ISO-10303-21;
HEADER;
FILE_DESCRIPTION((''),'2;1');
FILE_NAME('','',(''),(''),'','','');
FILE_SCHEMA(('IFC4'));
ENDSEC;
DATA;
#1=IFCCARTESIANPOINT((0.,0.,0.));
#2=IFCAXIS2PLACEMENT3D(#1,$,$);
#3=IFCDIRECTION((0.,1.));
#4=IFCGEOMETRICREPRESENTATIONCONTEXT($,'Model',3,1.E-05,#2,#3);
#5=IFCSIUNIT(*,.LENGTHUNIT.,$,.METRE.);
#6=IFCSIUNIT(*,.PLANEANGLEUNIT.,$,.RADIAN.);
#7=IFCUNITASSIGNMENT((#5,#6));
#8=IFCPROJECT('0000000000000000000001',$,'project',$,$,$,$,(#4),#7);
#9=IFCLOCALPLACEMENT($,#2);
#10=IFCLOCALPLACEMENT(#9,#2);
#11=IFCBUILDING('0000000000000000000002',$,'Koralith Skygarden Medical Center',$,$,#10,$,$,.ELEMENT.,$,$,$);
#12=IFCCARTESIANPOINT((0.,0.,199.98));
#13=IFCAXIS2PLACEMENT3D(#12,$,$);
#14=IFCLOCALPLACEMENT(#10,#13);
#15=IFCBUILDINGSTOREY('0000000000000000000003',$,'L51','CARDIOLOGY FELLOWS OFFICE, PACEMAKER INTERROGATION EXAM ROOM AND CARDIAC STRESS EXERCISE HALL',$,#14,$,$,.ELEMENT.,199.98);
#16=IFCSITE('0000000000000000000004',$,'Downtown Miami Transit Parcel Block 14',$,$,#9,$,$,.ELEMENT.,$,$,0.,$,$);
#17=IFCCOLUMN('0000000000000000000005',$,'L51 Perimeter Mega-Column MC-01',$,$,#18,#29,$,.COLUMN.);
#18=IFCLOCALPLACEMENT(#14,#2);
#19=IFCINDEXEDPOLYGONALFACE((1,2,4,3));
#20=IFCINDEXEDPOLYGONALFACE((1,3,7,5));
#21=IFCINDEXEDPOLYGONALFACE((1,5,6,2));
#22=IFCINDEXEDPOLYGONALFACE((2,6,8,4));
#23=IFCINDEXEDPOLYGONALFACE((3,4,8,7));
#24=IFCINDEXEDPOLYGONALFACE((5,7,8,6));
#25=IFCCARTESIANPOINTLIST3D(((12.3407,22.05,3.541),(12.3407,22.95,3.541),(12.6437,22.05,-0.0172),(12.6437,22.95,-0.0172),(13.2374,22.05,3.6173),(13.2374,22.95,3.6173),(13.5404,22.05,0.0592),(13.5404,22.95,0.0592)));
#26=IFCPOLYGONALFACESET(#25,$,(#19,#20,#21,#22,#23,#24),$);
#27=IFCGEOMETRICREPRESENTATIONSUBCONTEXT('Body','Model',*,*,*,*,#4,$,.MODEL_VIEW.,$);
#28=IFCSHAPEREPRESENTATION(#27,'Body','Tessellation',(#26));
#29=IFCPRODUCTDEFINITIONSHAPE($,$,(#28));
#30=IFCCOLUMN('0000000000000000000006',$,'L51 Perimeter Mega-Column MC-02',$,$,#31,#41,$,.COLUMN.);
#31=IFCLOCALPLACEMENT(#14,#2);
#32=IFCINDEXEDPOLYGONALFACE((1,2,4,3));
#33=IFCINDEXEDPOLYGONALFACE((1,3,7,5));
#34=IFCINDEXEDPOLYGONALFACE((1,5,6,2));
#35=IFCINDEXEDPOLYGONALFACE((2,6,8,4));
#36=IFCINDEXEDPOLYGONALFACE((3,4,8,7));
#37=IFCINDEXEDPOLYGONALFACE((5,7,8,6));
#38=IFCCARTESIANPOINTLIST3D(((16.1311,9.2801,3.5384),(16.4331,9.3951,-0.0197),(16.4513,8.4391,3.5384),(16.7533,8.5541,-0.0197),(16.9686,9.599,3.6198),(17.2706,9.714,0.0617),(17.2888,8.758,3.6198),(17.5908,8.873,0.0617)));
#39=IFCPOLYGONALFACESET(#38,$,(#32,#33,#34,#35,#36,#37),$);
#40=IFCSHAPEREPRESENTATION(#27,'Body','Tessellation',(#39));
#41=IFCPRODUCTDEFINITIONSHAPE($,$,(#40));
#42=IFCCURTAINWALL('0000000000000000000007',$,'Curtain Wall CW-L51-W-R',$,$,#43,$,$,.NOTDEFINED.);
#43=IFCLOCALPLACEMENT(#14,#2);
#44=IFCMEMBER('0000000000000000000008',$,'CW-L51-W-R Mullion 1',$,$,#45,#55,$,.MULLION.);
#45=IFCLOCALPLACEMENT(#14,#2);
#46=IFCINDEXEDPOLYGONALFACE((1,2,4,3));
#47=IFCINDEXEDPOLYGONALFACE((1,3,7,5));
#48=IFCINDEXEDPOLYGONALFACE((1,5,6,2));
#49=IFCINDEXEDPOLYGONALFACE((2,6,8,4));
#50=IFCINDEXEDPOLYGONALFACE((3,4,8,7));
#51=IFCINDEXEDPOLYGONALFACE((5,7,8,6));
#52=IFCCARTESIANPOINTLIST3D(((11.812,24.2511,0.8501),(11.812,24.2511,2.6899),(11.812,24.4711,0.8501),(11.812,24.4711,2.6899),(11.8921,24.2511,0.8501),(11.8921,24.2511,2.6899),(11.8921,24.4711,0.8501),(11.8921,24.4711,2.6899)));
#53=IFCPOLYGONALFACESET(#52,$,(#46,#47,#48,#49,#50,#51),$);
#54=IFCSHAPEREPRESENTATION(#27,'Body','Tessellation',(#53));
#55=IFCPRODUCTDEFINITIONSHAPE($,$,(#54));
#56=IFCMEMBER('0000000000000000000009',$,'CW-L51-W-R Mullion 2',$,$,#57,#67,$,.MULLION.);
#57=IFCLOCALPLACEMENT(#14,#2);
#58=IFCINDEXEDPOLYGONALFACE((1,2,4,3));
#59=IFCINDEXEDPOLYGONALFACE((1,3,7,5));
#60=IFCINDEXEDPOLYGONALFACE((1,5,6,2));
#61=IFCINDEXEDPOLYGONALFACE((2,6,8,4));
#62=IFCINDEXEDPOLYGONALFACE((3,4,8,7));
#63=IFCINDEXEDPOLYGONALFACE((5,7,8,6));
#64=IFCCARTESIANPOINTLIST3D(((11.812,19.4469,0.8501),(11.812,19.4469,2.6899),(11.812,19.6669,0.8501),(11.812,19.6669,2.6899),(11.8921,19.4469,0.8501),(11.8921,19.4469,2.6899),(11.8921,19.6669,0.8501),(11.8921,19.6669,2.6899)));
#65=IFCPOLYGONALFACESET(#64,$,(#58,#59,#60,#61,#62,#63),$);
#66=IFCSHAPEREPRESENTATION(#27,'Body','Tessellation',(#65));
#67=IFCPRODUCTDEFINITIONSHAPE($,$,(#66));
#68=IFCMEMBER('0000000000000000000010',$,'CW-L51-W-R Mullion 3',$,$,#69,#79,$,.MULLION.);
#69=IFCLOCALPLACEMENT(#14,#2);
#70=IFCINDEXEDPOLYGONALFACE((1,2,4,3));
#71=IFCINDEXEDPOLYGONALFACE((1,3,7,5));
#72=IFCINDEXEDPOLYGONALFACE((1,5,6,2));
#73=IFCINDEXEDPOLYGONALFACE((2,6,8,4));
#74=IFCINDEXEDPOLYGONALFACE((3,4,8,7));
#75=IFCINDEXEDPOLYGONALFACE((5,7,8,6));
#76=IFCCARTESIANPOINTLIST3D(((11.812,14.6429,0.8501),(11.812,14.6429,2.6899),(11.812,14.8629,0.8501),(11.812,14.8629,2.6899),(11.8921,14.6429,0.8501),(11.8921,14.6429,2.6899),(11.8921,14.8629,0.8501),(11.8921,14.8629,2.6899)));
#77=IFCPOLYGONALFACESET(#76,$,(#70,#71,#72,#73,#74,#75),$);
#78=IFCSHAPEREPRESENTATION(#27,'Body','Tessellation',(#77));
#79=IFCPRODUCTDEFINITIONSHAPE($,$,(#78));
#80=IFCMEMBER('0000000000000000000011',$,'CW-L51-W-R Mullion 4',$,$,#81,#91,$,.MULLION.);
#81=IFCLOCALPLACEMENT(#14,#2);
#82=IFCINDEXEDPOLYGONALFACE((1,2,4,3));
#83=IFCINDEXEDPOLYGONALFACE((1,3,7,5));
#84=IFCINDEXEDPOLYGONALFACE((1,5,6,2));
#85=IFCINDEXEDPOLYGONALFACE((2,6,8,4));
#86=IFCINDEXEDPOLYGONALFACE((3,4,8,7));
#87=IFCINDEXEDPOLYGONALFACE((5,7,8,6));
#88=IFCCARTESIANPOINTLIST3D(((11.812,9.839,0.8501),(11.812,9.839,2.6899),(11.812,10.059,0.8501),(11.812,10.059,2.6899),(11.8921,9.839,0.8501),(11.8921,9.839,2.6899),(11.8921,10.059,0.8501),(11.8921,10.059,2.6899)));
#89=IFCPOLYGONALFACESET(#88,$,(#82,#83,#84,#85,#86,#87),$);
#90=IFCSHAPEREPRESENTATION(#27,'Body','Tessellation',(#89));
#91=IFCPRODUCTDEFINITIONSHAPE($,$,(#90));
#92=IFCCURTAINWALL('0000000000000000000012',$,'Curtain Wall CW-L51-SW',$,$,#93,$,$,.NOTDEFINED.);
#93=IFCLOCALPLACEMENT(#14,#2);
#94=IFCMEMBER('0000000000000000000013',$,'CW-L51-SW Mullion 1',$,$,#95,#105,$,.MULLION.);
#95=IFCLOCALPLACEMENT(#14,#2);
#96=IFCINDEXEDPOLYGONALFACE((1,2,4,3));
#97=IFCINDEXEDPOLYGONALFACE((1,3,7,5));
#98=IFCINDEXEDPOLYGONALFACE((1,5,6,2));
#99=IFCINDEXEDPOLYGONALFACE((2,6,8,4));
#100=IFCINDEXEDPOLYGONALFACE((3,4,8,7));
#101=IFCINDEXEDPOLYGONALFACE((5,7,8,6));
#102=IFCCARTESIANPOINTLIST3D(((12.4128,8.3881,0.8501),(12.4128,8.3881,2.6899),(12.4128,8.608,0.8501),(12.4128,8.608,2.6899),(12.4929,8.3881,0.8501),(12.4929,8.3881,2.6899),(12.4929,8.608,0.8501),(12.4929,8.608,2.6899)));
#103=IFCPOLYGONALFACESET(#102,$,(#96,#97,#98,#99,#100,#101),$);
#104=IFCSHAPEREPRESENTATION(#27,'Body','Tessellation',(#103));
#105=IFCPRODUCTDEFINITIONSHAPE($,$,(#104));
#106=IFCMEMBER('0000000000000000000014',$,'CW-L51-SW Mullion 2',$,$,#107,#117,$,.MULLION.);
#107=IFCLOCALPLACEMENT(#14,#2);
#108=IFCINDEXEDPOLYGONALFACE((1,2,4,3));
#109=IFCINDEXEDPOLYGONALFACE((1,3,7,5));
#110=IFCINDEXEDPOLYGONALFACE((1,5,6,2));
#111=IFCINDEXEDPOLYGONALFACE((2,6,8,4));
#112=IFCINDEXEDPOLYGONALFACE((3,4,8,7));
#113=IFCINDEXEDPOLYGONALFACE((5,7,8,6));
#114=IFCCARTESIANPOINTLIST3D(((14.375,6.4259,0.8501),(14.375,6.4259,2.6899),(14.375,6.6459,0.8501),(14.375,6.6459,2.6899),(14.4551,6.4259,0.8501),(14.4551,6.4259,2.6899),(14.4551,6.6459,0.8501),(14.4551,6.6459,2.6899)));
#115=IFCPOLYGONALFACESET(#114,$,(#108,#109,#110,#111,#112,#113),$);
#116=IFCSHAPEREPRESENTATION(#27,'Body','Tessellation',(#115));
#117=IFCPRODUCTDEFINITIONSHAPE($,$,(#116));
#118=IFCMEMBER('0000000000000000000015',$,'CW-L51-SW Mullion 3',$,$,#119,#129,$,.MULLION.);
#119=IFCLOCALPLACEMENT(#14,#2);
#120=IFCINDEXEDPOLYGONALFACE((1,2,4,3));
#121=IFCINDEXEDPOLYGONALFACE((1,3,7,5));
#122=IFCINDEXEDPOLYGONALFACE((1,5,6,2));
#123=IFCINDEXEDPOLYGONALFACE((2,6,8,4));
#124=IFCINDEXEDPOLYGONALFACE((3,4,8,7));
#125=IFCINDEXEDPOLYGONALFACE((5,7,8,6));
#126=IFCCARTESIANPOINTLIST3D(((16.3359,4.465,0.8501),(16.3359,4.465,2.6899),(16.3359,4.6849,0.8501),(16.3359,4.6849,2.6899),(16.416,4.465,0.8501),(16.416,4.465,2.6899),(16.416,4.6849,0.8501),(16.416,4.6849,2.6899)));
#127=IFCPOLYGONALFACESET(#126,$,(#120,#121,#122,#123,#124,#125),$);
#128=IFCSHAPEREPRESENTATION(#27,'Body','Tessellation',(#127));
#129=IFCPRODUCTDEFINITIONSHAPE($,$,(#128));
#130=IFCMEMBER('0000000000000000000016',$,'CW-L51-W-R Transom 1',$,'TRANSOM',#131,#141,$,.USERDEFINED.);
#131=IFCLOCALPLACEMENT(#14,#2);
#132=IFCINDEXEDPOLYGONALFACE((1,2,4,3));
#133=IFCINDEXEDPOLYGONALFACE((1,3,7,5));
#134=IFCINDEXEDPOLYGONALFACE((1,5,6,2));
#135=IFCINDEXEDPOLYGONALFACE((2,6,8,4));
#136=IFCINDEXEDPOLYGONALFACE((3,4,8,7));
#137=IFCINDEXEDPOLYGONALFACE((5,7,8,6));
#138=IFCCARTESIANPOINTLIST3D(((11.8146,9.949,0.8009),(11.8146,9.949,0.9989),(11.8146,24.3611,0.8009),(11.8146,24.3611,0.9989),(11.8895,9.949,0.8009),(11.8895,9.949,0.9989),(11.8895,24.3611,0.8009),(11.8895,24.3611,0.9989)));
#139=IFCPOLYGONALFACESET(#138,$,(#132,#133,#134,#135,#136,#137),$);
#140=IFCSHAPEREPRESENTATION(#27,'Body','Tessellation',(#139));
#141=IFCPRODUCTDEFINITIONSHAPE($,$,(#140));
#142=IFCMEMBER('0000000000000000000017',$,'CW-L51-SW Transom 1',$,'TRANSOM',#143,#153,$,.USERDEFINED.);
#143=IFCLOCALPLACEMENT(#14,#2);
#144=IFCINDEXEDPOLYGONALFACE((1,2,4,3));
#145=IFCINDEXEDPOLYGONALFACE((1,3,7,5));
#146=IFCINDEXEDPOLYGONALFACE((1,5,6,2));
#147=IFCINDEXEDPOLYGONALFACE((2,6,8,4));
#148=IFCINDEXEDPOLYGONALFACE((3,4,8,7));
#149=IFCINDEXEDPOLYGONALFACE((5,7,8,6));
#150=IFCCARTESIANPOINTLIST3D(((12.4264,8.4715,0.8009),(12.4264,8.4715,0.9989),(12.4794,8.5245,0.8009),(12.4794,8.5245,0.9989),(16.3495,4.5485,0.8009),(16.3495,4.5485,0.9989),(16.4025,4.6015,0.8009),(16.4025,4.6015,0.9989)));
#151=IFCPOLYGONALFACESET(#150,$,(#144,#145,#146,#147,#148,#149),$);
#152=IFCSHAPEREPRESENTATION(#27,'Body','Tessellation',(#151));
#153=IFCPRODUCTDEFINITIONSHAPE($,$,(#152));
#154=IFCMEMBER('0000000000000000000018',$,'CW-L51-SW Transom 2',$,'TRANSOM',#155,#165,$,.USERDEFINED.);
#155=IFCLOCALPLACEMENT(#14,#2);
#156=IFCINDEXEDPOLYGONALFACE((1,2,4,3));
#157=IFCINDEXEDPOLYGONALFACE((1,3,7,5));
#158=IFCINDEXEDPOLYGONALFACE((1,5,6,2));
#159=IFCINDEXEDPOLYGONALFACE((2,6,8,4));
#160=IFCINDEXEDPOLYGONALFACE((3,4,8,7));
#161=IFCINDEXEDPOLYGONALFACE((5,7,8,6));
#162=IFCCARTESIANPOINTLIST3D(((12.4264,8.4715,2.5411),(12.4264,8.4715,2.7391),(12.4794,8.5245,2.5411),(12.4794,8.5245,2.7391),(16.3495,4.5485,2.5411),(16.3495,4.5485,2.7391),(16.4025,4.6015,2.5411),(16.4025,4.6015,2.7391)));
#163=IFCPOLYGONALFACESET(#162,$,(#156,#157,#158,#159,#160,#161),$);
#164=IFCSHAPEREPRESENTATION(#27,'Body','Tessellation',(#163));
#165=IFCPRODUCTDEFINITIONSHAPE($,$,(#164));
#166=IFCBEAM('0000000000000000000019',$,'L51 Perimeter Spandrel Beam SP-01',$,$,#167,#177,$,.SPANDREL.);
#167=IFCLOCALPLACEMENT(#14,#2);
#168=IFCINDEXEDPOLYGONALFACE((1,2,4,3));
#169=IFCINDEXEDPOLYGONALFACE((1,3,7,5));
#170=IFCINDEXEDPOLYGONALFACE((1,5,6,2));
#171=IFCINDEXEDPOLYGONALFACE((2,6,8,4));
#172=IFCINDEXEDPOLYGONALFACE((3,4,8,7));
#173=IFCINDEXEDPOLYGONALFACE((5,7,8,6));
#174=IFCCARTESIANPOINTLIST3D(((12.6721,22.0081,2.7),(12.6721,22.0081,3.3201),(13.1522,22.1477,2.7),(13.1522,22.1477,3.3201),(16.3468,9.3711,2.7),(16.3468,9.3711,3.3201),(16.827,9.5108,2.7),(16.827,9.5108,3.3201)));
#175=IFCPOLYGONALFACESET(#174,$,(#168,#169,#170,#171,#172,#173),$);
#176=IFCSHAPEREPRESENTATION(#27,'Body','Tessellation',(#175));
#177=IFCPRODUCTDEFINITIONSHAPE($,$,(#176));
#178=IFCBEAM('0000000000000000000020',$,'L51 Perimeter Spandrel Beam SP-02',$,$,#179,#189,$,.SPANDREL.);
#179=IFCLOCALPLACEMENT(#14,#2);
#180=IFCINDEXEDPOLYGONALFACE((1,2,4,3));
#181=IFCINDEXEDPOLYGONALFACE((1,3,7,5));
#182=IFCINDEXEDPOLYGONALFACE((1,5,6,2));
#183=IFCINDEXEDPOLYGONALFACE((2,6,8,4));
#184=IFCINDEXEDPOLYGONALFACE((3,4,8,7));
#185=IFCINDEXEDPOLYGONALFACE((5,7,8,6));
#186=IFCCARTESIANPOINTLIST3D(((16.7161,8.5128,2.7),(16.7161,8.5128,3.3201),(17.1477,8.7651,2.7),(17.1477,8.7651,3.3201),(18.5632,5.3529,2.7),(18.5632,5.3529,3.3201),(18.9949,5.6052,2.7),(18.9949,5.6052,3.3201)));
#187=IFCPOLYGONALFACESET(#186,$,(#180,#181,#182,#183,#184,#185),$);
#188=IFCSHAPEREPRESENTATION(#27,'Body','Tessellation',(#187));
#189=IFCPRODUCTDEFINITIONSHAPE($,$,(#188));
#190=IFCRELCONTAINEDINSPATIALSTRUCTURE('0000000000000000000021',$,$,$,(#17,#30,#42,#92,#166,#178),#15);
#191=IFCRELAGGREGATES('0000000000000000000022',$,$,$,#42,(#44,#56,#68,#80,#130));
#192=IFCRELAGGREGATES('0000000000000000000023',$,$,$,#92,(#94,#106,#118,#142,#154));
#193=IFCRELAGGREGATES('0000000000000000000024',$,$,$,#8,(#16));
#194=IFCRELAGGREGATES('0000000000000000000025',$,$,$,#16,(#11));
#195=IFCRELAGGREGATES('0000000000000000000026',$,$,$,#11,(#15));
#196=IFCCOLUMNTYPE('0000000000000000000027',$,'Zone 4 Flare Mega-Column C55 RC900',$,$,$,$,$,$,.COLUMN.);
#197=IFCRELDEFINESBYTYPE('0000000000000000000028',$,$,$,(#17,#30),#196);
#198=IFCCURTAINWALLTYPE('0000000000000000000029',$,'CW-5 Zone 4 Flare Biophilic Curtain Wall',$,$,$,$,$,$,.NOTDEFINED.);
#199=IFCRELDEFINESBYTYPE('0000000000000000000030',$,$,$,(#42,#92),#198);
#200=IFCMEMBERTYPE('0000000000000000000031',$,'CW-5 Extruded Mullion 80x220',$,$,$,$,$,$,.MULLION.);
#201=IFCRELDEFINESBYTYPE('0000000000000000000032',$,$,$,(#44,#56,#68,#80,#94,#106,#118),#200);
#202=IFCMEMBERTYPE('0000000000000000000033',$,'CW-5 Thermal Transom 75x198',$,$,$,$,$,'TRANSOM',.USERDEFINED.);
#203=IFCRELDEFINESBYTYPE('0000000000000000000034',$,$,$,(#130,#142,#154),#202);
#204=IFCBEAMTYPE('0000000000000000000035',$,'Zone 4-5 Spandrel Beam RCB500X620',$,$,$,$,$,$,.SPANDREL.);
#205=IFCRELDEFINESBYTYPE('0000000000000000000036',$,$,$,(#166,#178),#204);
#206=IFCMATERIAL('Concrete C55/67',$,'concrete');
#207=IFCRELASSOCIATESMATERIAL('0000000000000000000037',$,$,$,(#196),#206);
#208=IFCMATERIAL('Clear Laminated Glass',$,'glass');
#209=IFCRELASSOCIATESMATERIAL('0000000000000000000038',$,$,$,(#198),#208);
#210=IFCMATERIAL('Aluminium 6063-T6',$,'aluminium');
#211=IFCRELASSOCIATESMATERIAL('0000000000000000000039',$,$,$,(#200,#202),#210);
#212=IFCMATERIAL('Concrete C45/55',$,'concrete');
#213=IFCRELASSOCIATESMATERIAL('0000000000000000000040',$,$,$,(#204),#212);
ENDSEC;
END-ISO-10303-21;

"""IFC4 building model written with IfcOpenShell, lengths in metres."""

from ifc_helpers import new_model, si_unit, direction, frame, origin, origin_2d, place, context, subcontext, project, spatial, rectangle, extrude, material, material_profile, profile_set, type_object, element, aggregate, save


model = new_model("IFC4")

# Units and contexts
model_context = context("Model", 3, precision=1e-05, world=origin(), true_north=direction((0.0, 1.0)))
body_context = subcontext(model_context, "Body", "Model", "MODEL_VIEW")
ifc_project = project(units=[si_unit("LENGTHUNIT", "METRE"), si_unit("PLANEANGLEUNIT", "RADIAN")], contexts=[model_context])

# Site, building, storey
site_placement = place(None, origin())
site = spatial("IfcSite", under=ifc_project, at=site_placement, Name="Downtown Miami Transit Parcel Block 14", CompositionType="ELEMENT", RefElevation=0.0)
building_placement = place(site_placement, origin())
building = spatial("IfcBuilding", under=site, at=building_placement, Name="Koralith Skygarden Medical Center", CompositionType="ELEMENT")
storey_placement = place(building_placement, frame((0.0, 0.0, 199.98)))
storey = spatial("IfcBuildingStorey", under=building, at=storey_placement, Name="L51", Description="CARDIOLOGY FELLOWS OFFICE, PACEMAKER INTERROGATION EXAM ROOM AND CARDIAC STRESS EXERCISE HALL", CompositionType="ELEMENT", Elevation=199.98)

# Columns
ifc_material_1 = material(Name="Concrete C55/67", Category="concrete")
ifc_material_profile_1 = material_profile(ifc_material_1, rectangle(XDim=0.8999, YDim=0.8999, at=origin_2d()), Name="RC900X900")
ifc_profile_set_1 = profile_set([ifc_material_profile_1], Name="Concrete C55/67")
column_type = type_object("IfcColumnType", Name="Zone 4 Flare Mega-Column C55 RC900", PredefinedType="COLUMN", material=ifc_profile_set_1)
column_1_placement = place(storey_placement, frame((13.092, 22.5, 0.021), z_axis=(-0.084845, 0.0, 0.996394), x_axis=(0.0, -1.0, 0.0)))
element("IfcColumn", 1, at=column_1_placement, inside=storey, type_object=column_type, Name="L51 Perimeter Mega-Column MC-01", PredefinedType="COLUMN", context=body_context, shape_type="SweptSolid", body=[
    extrude(rectangle(XDim=0.8999, YDim=0.8999, at=origin_2d()), origin(), (0.0, 0.0, 1.0), 3.571),
])
column_2_placement = place(storey_placement, frame((17.012, 9.134, 0.021), z_axis=(-0.084529, -0.032185, 0.995901), x_axis=(0.355838, -0.934548, 0.0)))
element("IfcColumn", 2, at=column_2_placement, inside=storey, type_object=column_type, Name="L51 Perimeter Mega-Column MC-02", PredefinedType="COLUMN", context=body_context, shape_type="SweptSolid", body=[
    extrude(rectangle(XDim=0.8999, YDim=0.8999, at=origin_2d()), origin(), (0.0, 0.0, 1.0), 3.5728),
])

# Curtain walls, members
ifc_material_2 = material(Name="Clear Laminated Glass", Category="glass")
curtain_wall_type = type_object("IfcCurtainWallType", Name="CW-5 Zone 4 Flare Biophilic Curtain Wall", PredefinedType="NOTDEFINED", material=ifc_material_2)
curtain_wall_1_placement = place(storey_placement, origin())
curtain_wall_1 = element("IfcCurtainWall", 3, at=curtain_wall_1_placement, inside=storey, type_object=curtain_wall_type, Name="Curtain Wall CW-L51-W-R", PredefinedType="NOTDEFINED")
ifc_material_3 = material(Name="Aluminium 6063-T6", Category="aluminium")
ifc_material_profile_2 = material_profile(ifc_material_3, rectangle(XDim=0.0801, YDim=0.22, at=origin_2d()), Name="MUL80X220")
ifc_profile_set_2 = profile_set([ifc_material_profile_2], Name="Aluminium 6063-T6")
member_type_1 = type_object("IfcMemberType", Name="CW-5 Extruded Mullion 80x220", PredefinedType="MULLION", material=ifc_profile_set_2)
member_1_placement = place(storey_placement, frame((11.8521, 24.3611, 0.8501), z_axis=(0.0, 0.0, 1.0), x_axis=(1.0, 0.0, 0.0)))
member_1 = element("IfcMember", 4, at=member_1_placement, type_object=member_type_1, Name="CW-L51-W-R Mullion 1", PredefinedType="MULLION", context=body_context, shape_type="SweptSolid", body=[
    extrude(rectangle(XDim=0.0801, YDim=0.22, at=origin_2d()), origin(), (0.0, 0.0, 1.0), 1.8398),
])
member_2_placement = place(storey_placement, frame((11.8521, 19.5569, 0.8501), z_axis=(0.0, 0.0, 1.0), x_axis=(1.0, 0.0, 0.0)))
member_2 = element("IfcMember", 5, at=member_2_placement, type_object=member_type_1, Name="CW-L51-W-R Mullion 2", PredefinedType="MULLION", context=body_context, shape_type="SweptSolid", body=[
    extrude(rectangle(XDim=0.0801, YDim=0.22, at=origin_2d()), origin(), (0.0, 0.0, 1.0), 1.8398),
])
member_3_placement = place(storey_placement, frame((11.8521, 14.7529, 0.8501), z_axis=(0.0, 0.0, 1.0), x_axis=(1.0, 0.0, 0.0)))
member_3 = element("IfcMember", 6, at=member_3_placement, type_object=member_type_1, Name="CW-L51-W-R Mullion 3", PredefinedType="MULLION", context=body_context, shape_type="SweptSolid", body=[
    extrude(rectangle(XDim=0.0801, YDim=0.22, at=origin_2d()), origin(), (0.0, 0.0, 1.0), 1.8398),
])
member_4_placement = place(storey_placement, frame((11.8521, 9.949, 0.8501), z_axis=(0.0, 0.0, 1.0), x_axis=(1.0, 0.0, 0.0)))
member_4 = element("IfcMember", 7, at=member_4_placement, type_object=member_type_1, Name="CW-L51-W-R Mullion 4", PredefinedType="MULLION", context=body_context, shape_type="SweptSolid", body=[
    extrude(rectangle(XDim=0.0801, YDim=0.22, at=origin_2d()), origin(), (0.0, 0.0, 1.0), 1.8398),
])
curtain_wall_2_placement = place(storey_placement, origin())
curtain_wall_2 = element("IfcCurtainWall", 8, at=curtain_wall_2_placement, inside=storey, type_object=curtain_wall_type, Name="Curtain Wall CW-L51-SW", PredefinedType="NOTDEFINED")
member_5_placement = place(storey_placement, frame((12.4529, 8.498, 0.8501), z_axis=(0.0, 0.0, 1.0), x_axis=(1.0, 0.0, 0.0)))
member_5 = element("IfcMember", 9, at=member_5_placement, type_object=member_type_1, Name="CW-L51-SW Mullion 1", PredefinedType="MULLION", context=body_context, shape_type="SweptSolid", body=[
    extrude(rectangle(XDim=0.0801, YDim=0.22, at=origin_2d()), origin(), (0.0, 0.0, 1.0), 1.8398),
])
member_6_placement = place(storey_placement, frame((14.415, 6.5359, 0.8501), z_axis=(0.0, 0.0, 1.0), x_axis=(1.0, 0.0, 0.0)))
member_6 = element("IfcMember", 10, at=member_6_placement, type_object=member_type_1, Name="CW-L51-SW Mullion 2", PredefinedType="MULLION", context=body_context, shape_type="SweptSolid", body=[
    extrude(rectangle(XDim=0.0801, YDim=0.22, at=origin_2d()), origin(), (0.0, 0.0, 1.0), 1.8398),
])
member_7_placement = place(storey_placement, frame((16.376, 4.575, 0.8501), z_axis=(0.0, 0.0, 1.0), x_axis=(1.0, 0.0, 0.0)))
member_7 = element("IfcMember", 11, at=member_7_placement, type_object=member_type_1, Name="CW-L51-SW Mullion 3", PredefinedType="MULLION", context=body_context, shape_type="SweptSolid", body=[
    extrude(rectangle(XDim=0.0801, YDim=0.22, at=origin_2d()), origin(), (0.0, 0.0, 1.0), 1.8398),
])

# Members
ifc_material_profile_3 = material_profile(ifc_material_3, rectangle(XDim=0.075, YDim=0.198, at=origin_2d()), Name="TRN75X198")
ifc_profile_set_3 = profile_set([ifc_material_profile_3], Name="Aluminium 6063-T6")
member_type_2 = type_object("IfcMemberType", Name="CW-5 Thermal Transom 75x198", ElementType="TRANSOM", PredefinedType="USERDEFINED", material=ifc_profile_set_3)
member_8_placement = place(storey_placement, frame((11.8521, 24.3611, 0.8999), z_axis=(0.0, -1.0, 0.0), x_axis=(1.0, 0.0, 0.0)))
member_8 = element("IfcMember", 12, at=member_8_placement, type_object=member_type_2, Name="CW-L51-W-R Transom 1", ObjectType="TRANSOM", PredefinedType="USERDEFINED", context=body_context, shape_type="SweptSolid", body=[
    extrude(rectangle(XDim=0.075, YDim=0.198, at=origin_2d()), origin(), (0.0, 0.0, 1.0), 14.4121),
])
member_9_placement = place(storey_placement, frame((12.4529, 8.498, 0.8999), z_axis=(0.707107, -0.707107, 0.0), x_axis=(0.707107, 0.707107, 0.0)))
member_9 = element("IfcMember", 13, at=member_9_placement, type_object=member_type_2, Name="CW-L51-SW Transom 1", ObjectType="TRANSOM", PredefinedType="USERDEFINED", context=body_context, shape_type="SweptSolid", body=[
    extrude(rectangle(XDim=0.075, YDim=0.198, at=origin_2d()), origin(), (0.0, 0.0, 1.0), 5.5481),
])
member_10_placement = place(storey_placement, frame((12.4529, 8.498, 2.6401), z_axis=(0.707107, -0.707107, 0.0), x_axis=(0.707107, 0.707107, 0.0)))
member_10 = element("IfcMember", 14, at=member_10_placement, type_object=member_type_2, Name="CW-L51-SW Transom 2", ObjectType="TRANSOM", PredefinedType="USERDEFINED", context=body_context, shape_type="SweptSolid", body=[
    extrude(rectangle(XDim=0.075, YDim=0.198, at=origin_2d()), origin(), (0.0, 0.0, 1.0), 5.5481),
])

# Beams
ifc_material_4 = material(Name="Concrete C45/55", Category="concrete")
ifc_material_profile_4 = material_profile(ifc_material_4, rectangle(XDim=0.5, YDim=0.6201, at=origin_2d()), Name="RCB500X620")
ifc_profile_set_4 = profile_set([ifc_material_profile_4], Name="Concrete C45/55")
beam_type = type_object("IfcBeamType", Name="Zone 4-5 Spandrel Beam RCB500X620", PredefinedType="SPANDREL", material=ifc_profile_set_4)
beam_1_placement = place(storey_placement, frame((12.9121, 22.0779, 3.01), z_axis=(0.279231, -0.960224, 0.0), x_axis=(0.960224, 0.279231, 0.0)))
element("IfcBeam", 15, at=beam_1_placement, inside=storey, type_object=beam_type, Name="L51 Perimeter Spandrel Beam SP-01", PredefinedType="SPANDREL", context=body_context, shape_type="SweptSolid", body=[
    extrude(rectangle(XDim=0.5, YDim=0.6201, at=origin_2d()), origin(), (0.0, 0.0, 1.0), 13.1604),
])
beam_2_placement = place(storey_placement, frame((16.9319, 8.6389, 3.01), z_axis=(0.504663, -0.863316, 0.0), x_axis=(0.863316, 0.504663, 0.0)))
element("IfcBeam", 16, at=beam_2_placement, inside=storey, type_object=beam_type, Name="L51 Perimeter Spandrel Beam SP-02", PredefinedType="SPANDREL", context=body_context, shape_type="SweptSolid", body=[
    extrude(rectangle(XDim=0.5, YDim=0.6201, at=origin_2d()), origin(), (0.0, 0.0, 1.0), 3.6602),
])

aggregate(curtain_wall_1, [member_1, member_2, member_3, member_4, member_8])
aggregate(curtain_wall_2, [member_5, member_6, member_7, member_9, member_10])

save(model, "model.ifc")
